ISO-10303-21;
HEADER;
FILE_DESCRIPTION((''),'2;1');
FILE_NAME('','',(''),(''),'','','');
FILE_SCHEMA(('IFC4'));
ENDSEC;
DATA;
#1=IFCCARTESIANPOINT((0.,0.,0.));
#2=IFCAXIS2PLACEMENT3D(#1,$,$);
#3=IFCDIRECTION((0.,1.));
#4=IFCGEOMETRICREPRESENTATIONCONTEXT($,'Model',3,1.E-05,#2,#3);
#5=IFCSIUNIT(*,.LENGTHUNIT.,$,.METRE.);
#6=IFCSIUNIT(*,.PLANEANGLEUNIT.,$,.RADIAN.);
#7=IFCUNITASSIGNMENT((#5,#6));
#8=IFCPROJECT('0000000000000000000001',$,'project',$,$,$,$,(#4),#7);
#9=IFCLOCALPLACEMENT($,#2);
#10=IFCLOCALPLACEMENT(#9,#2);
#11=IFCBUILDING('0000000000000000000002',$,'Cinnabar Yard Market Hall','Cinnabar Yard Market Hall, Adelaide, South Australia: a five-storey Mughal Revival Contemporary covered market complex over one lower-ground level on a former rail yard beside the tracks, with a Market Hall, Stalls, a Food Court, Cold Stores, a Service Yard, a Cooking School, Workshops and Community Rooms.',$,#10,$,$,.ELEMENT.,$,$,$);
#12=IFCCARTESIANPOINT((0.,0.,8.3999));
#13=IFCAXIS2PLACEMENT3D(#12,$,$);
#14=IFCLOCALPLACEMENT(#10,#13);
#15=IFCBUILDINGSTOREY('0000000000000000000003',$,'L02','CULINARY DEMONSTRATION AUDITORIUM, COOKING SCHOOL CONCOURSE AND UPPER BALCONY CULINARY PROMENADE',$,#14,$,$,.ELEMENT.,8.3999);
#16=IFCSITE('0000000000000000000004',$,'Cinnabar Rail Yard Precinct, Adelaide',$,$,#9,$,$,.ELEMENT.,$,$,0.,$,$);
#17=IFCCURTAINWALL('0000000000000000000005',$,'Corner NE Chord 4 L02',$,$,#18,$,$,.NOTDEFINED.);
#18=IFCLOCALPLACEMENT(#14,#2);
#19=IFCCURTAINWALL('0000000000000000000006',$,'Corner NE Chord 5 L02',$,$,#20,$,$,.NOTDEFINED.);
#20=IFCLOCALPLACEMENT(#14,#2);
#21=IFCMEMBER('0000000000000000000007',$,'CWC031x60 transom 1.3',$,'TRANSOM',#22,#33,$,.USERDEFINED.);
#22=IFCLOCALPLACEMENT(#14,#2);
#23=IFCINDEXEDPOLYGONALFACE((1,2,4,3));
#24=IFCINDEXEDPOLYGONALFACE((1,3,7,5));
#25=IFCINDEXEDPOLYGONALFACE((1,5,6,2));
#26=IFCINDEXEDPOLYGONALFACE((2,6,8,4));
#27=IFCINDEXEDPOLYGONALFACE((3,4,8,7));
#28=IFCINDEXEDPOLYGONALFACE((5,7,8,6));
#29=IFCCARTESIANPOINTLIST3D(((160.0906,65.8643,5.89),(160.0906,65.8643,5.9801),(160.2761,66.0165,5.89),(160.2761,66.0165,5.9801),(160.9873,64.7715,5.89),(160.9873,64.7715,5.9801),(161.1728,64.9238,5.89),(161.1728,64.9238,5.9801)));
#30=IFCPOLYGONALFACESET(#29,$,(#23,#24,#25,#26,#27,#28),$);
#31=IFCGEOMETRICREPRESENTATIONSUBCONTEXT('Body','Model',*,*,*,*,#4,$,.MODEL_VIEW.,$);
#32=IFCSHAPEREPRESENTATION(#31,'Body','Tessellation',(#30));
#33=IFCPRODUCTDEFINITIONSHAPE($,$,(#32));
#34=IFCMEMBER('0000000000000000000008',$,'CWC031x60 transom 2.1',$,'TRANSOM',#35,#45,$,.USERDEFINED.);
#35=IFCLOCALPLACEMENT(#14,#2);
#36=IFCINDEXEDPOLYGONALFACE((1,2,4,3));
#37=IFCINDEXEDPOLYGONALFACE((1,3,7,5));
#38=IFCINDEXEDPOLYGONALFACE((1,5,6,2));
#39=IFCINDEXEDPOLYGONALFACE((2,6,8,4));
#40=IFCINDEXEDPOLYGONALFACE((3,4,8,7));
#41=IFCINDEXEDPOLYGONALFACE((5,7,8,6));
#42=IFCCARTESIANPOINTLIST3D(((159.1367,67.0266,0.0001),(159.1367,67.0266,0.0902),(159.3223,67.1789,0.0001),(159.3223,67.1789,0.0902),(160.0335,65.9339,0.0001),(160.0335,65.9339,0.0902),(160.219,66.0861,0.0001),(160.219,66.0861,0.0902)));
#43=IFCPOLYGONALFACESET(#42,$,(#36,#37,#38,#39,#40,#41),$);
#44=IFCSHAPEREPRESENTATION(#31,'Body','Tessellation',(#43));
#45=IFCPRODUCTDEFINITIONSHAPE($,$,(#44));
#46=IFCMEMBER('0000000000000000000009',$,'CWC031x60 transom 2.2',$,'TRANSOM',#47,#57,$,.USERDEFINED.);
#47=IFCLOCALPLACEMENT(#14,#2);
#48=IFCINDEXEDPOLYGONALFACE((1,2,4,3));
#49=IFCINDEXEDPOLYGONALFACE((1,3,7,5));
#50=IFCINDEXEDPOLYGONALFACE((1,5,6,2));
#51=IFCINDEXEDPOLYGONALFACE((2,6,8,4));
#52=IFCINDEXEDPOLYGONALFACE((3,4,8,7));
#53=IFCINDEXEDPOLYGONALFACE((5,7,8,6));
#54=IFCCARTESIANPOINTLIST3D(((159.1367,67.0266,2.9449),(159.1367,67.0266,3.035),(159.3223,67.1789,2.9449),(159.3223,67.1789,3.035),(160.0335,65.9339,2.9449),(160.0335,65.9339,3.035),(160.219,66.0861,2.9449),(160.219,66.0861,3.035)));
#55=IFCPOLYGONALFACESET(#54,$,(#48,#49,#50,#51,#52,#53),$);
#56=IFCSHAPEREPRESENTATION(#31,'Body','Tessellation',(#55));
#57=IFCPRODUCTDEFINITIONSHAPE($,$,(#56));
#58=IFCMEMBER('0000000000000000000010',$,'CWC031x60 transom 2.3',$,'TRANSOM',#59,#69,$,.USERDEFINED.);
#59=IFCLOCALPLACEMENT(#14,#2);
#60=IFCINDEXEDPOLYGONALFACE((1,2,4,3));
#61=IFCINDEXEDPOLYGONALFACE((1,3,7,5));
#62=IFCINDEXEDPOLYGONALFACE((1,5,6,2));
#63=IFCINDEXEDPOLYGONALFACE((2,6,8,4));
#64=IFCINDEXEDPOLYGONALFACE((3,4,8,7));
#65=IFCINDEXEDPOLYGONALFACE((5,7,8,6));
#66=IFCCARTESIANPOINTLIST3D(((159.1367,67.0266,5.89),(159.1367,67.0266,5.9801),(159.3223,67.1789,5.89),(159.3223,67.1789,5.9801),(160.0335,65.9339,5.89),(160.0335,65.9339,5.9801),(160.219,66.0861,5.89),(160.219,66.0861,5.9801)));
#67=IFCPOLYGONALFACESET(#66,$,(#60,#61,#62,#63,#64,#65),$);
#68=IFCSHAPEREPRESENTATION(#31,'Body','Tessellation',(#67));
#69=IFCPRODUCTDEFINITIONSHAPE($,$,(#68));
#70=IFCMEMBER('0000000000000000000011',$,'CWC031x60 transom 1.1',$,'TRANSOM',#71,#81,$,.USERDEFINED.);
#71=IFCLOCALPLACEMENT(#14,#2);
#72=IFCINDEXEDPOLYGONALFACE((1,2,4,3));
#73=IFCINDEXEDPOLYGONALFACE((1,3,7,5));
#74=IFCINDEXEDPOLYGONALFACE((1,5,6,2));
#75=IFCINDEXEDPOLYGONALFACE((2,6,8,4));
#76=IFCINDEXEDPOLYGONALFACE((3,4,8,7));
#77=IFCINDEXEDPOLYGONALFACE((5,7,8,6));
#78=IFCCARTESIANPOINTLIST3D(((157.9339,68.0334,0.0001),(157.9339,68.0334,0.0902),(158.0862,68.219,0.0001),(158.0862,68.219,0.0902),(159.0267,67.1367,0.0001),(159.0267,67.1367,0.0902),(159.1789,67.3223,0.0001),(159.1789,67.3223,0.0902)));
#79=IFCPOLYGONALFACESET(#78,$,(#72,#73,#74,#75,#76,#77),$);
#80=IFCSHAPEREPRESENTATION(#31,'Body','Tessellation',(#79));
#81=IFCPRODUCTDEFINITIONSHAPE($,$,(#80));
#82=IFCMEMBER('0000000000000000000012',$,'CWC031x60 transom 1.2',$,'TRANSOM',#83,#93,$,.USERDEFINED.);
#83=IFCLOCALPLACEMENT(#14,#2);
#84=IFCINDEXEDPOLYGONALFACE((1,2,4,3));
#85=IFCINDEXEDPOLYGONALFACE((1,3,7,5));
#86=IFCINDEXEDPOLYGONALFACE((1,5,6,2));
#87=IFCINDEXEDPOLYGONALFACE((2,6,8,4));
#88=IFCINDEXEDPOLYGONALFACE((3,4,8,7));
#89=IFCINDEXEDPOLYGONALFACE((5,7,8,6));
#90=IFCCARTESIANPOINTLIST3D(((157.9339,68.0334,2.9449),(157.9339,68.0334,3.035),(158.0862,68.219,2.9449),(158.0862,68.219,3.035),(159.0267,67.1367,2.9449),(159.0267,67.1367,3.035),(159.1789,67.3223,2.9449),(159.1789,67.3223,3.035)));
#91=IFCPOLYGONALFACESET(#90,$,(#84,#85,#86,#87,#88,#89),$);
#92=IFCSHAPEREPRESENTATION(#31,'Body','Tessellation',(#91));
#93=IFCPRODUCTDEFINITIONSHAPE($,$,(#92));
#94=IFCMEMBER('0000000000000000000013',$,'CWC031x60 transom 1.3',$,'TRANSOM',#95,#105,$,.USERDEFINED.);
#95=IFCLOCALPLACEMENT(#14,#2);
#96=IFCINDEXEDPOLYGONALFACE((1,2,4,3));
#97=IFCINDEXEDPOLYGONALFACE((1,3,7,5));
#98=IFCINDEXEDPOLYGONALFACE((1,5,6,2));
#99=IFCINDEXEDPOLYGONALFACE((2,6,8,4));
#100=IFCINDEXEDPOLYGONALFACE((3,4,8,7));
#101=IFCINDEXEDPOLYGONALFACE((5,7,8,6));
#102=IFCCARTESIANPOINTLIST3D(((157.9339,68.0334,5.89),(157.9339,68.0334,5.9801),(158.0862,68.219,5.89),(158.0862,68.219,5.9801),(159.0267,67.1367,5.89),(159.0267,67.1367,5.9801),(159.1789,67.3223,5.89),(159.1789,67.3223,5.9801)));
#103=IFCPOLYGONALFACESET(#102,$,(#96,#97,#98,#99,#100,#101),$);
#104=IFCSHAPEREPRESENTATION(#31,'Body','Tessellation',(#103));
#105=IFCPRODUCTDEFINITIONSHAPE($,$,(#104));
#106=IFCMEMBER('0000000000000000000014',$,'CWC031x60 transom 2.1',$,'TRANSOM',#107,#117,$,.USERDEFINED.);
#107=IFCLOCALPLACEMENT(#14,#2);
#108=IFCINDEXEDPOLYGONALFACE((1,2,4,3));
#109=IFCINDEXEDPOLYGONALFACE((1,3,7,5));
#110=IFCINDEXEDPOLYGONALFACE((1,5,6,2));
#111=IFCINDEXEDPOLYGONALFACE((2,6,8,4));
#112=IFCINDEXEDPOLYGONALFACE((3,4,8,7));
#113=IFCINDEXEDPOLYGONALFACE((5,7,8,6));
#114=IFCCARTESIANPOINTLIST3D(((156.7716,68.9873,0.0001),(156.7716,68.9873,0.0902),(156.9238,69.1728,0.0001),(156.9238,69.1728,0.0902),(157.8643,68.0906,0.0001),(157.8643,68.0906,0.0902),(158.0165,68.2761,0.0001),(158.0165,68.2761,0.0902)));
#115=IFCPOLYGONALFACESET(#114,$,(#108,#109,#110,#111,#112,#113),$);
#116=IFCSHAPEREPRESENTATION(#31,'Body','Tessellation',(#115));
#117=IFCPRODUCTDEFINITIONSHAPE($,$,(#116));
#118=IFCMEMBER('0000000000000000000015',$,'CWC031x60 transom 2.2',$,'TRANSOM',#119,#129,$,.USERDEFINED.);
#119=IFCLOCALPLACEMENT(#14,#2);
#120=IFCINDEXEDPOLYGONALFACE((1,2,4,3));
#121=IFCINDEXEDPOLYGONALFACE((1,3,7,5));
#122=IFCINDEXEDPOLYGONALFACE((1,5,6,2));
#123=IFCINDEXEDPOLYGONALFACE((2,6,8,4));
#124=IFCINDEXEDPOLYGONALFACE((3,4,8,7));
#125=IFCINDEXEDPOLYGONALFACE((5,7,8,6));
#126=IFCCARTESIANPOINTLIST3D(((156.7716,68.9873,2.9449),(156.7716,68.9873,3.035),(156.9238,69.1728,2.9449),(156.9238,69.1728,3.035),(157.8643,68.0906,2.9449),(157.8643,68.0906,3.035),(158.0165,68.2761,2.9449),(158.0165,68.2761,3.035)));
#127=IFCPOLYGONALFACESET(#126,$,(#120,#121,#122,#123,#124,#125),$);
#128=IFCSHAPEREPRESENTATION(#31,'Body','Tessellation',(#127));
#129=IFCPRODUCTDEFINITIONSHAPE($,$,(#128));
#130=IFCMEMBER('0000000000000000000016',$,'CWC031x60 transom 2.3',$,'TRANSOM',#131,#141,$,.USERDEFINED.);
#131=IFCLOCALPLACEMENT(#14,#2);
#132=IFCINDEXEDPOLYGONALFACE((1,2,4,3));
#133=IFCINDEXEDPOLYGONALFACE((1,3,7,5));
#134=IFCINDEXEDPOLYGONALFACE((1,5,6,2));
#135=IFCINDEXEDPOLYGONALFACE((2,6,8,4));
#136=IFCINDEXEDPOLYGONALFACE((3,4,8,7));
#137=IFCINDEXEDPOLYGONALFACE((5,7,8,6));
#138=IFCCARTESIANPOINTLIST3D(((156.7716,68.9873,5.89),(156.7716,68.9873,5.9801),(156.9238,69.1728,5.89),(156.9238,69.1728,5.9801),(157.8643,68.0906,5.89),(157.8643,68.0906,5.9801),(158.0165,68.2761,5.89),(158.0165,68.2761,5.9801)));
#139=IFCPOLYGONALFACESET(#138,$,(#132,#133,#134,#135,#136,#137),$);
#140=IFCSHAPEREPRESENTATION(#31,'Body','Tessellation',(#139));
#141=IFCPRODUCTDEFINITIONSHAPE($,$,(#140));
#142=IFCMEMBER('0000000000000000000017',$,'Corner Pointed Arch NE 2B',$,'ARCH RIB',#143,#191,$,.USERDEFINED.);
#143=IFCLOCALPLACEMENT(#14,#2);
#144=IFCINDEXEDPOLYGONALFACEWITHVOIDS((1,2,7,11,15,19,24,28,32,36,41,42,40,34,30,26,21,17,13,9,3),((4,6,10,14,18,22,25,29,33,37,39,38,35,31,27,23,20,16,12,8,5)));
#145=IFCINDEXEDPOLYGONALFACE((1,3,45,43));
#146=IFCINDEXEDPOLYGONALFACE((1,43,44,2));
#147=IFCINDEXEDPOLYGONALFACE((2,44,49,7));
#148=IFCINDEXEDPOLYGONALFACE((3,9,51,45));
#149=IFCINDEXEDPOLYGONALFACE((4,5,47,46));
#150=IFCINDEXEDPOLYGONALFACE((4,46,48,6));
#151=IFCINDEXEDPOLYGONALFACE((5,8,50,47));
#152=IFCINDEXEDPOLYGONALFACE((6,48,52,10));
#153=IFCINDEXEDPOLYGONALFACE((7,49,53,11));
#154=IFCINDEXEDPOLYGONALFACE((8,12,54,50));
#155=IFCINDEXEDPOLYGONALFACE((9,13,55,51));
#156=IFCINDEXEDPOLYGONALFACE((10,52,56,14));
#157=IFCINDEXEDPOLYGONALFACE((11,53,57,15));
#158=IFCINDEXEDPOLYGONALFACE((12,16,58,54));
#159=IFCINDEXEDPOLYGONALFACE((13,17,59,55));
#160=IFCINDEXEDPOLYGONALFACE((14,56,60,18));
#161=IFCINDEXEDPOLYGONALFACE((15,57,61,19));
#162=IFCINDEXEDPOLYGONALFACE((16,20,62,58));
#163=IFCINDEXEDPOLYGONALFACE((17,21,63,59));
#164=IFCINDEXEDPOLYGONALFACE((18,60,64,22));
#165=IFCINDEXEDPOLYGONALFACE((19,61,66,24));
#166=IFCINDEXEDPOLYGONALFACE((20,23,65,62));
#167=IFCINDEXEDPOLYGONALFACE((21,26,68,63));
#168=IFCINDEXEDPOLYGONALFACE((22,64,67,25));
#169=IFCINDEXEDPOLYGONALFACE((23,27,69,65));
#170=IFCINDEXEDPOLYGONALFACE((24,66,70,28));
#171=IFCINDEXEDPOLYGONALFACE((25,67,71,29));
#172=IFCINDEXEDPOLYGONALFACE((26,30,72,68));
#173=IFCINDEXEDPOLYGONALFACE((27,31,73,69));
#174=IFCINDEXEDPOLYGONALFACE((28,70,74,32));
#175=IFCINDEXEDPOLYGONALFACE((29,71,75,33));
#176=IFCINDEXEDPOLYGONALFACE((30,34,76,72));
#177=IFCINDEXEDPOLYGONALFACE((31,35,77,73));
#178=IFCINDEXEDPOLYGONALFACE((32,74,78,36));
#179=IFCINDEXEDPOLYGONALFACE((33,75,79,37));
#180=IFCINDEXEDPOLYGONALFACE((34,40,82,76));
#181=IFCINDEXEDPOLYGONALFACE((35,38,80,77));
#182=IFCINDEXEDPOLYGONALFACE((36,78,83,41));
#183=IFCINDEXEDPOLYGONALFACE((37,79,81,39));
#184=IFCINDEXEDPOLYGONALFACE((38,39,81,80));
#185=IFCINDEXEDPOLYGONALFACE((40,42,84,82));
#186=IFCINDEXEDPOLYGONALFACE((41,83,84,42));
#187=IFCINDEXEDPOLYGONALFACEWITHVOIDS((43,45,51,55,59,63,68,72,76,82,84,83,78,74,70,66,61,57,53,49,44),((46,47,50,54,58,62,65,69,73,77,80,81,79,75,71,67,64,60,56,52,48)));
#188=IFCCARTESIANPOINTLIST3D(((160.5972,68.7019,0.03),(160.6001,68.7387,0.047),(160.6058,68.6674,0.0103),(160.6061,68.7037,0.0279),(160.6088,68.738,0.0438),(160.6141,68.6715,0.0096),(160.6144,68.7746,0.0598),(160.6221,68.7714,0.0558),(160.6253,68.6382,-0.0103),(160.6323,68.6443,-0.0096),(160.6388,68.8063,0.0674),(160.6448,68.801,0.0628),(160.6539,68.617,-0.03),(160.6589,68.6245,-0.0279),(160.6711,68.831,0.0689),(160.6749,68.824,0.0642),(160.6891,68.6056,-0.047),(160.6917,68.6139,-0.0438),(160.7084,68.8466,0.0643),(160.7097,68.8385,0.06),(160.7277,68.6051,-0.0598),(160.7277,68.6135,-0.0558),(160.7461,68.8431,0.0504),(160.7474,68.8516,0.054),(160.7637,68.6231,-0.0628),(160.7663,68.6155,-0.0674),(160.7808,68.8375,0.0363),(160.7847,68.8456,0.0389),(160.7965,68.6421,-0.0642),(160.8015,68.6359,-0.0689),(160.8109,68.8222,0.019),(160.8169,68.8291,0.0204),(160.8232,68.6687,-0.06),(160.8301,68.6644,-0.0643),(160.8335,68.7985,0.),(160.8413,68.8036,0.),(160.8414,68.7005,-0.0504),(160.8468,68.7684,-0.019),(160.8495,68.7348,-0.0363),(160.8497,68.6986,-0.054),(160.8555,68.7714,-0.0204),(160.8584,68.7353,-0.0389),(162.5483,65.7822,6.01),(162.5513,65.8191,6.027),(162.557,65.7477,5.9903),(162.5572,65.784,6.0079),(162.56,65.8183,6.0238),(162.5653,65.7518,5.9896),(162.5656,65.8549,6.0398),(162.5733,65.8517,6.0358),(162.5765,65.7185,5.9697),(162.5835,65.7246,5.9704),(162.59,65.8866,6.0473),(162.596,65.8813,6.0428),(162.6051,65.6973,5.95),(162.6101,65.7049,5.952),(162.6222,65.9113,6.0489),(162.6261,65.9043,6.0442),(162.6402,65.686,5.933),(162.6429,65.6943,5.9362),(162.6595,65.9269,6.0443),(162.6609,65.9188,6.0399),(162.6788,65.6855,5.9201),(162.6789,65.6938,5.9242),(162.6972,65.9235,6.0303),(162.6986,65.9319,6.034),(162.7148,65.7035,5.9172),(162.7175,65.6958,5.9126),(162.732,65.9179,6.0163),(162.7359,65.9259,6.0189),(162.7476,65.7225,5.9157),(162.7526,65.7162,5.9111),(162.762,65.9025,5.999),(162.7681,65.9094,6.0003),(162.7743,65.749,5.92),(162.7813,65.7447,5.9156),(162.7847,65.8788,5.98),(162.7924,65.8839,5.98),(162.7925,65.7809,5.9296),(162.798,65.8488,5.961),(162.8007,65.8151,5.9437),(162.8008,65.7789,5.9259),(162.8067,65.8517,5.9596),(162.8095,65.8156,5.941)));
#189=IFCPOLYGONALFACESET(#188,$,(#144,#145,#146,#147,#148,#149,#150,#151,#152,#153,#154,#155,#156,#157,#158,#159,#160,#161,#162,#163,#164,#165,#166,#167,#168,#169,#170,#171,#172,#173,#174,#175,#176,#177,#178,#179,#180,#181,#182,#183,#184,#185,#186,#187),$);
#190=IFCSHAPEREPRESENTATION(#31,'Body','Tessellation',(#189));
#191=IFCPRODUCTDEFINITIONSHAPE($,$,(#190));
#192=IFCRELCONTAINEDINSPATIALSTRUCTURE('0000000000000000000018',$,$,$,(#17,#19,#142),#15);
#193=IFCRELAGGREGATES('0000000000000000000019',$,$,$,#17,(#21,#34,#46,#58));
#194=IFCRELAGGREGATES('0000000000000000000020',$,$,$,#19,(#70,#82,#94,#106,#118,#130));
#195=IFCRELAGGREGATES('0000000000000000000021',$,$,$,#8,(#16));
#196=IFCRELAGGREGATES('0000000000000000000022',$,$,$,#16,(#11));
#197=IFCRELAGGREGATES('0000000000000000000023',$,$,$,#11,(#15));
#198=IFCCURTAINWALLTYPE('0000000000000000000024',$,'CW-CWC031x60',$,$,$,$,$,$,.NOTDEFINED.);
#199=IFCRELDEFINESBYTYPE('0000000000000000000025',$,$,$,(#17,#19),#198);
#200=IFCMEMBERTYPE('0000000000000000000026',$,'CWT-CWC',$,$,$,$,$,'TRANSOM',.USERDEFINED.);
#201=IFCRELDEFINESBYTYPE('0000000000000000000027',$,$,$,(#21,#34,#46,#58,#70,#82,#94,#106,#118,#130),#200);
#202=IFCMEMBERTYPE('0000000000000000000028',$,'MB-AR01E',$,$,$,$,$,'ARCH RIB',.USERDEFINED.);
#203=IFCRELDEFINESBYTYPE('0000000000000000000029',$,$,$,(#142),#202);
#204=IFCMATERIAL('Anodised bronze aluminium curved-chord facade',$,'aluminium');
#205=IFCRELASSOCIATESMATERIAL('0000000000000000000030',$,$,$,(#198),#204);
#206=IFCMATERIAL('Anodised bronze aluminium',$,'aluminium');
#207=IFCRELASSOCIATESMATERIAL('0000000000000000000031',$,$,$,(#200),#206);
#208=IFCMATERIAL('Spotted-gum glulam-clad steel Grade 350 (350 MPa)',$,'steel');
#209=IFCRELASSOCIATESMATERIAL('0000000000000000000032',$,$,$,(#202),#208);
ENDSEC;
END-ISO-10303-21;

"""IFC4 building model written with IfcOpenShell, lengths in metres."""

from ifc_helpers import new_model, si_unit, direction, frame, origin, origin_2d_with_axis, place, context, subcontext, project, spatial, rectangle, hollow_circle, extrude, material, material_profile, profile_set, type_object, element, aggregate, save


model = new_model("IFC4")

# Units and contexts
model_context = context("Model", 3, precision=1e-05, world=origin(), true_north=direction((0.0, 1.0)))
body_context = subcontext(model_context, "Body", "Model", "MODEL_VIEW")
ifc_project = project(units=[si_unit("LENGTHUNIT", "METRE"), si_unit("PLANEANGLEUNIT", "RADIAN")], contexts=[model_context])

# Site, building, storey
site_placement = place(None, origin())
site = spatial("IfcSite", under=ifc_project, at=site_placement, Name="Cinnabar Rail Yard Precinct, Adelaide", CompositionType="ELEMENT", RefElevation=0.0)
building_placement = place(site_placement, origin())
building = spatial("IfcBuilding", under=site, at=building_placement, Name="Cinnabar Yard Market Hall", Description="Cinnabar Yard Market Hall, Adelaide, South Australia: a five-storey Mughal Revival Contemporary covered market complex over one lower-ground level on a former rail yard beside the tracks, with a Market Hall, Stalls, a Food Court, Cold Stores, a Service Yard, a Cooking School, Workshops and Community Rooms.", CompositionType="ELEMENT")
storey_placement = place(building_placement, frame((0.0, 0.0, 8.3999)))
storey = spatial("IfcBuildingStorey", under=building, at=storey_placement, Name="L02", Description="CULINARY DEMONSTRATION AUDITORIUM, COOKING SCHOOL CONCOURSE AND UPPER BALCONY CULINARY PROMENADE", CompositionType="ELEMENT", Elevation=8.3999)

# Shared definitions
ifc_material_1 = material(Name="Spotted-gum glulam-clad steel Grade 350 (350 MPa)", Category="steel")

# Shared definitions
ifc_material_2 = material(Name="Anodised bronze aluminium curved-chord facade", Category="aluminium")
curtain_wall_type = type_object("IfcCurtainWallType", Name="CW-CWC031x60", PredefinedType="NOTDEFINED", material=ifc_material_2)
ifc_material_3 = material(Name="Anodised bronze aluminium", Category="aluminium")

# Curtain walls
curtain_wall_1_placement = place(storey_placement, origin())
curtain_wall_1 = element("IfcCurtainWall", 1, at=curtain_wall_1_placement, inside=storey, type_object=curtain_wall_type, Name="Corner NE Chord 4 L02", PredefinedType="NOTDEFINED")
curtain_wall_2_placement = place(storey_placement, origin())
curtain_wall_2 = element("IfcCurtainWall", 2, at=curtain_wall_2_placement, inside=storey, type_object=curtain_wall_type, Name="Corner NE Chord 5 L02", PredefinedType="NOTDEFINED")

# Members
ifc_material_profile_1 = material_profile(ifc_material_3, rectangle(XDim=0.24, YDim=0.0901, at=origin_2d_with_axis()), Name="TRN-CWC")
ifc_profile_set_1 = profile_set([ifc_material_profile_1], Name="Anodised bronze aluminium")
member_type_1 = type_object("IfcMemberType", Name="CWT-CWC", ElementType="TRANSOM", PredefinedType="USERDEFINED", material=ifc_profile_set_1)
member_1_placement = place(storey_placement, frame((161.0801, 64.8477, 5.9351), z_axis=(-0.634356, 0.773041, 0.0), x_axis=(-0.773041, -0.634356, 0.0)))
member_1 = element("IfcMember", 3, at=member_1_placement, type_object=member_type_1, Name="CWC031x60 transom 1.3", ObjectType="TRANSOM", PredefinedType="USERDEFINED", context=body_context, shape_type="SweptSolid", body=[
    extrude(rectangle(XDim=0.24, YDim=0.0901, at=origin_2d_with_axis()), origin(), (0.0, 0.0, 1.0), 1.4136),
])
member_2_placement = place(storey_placement, frame((160.1262, 66.01, 0.0452), z_axis=(-0.634356, 0.773041, 0.0), x_axis=(-0.773041, -0.634356, 0.0)))
member_2 = element("IfcMember", 4, at=member_2_placement, type_object=member_type_1, Name="CWC031x60 transom 2.1", ObjectType="TRANSOM", PredefinedType="USERDEFINED", context=body_context, shape_type="SweptSolid", body=[
    extrude(rectangle(XDim=0.24, YDim=0.0901, at=origin_2d_with_axis()), origin(), (0.0, 0.0, 1.0), 1.4136),
])
member_3_placement = place(storey_placement, frame((160.1262, 66.01, 2.99), z_axis=(-0.634356, 0.773041, 0.0), x_axis=(-0.773041, -0.634356, 0.0)))
member_3 = element("IfcMember", 5, at=member_3_placement, type_object=member_type_1, Name="CWC031x60 transom 2.2", ObjectType="TRANSOM", PredefinedType="USERDEFINED", context=body_context, shape_type="SweptSolid", body=[
    extrude(rectangle(XDim=0.24, YDim=0.0901, at=origin_2d_with_axis()), origin(), (0.0, 0.0, 1.0), 1.4136),
])
member_4_placement = place(storey_placement, frame((160.1262, 66.01, 5.9351), z_axis=(-0.634356, 0.773041, 0.0), x_axis=(-0.773041, -0.634356, 0.0)))
member_4 = element("IfcMember", 6, at=member_4_placement, type_object=member_type_1, Name="CWC031x60 transom 2.3", ObjectType="TRANSOM", PredefinedType="USERDEFINED", context=body_context, shape_type="SweptSolid", body=[
    extrude(rectangle(XDim=0.24, YDim=0.0901, at=origin_2d_with_axis()), origin(), (0.0, 0.0, 1.0), 1.4136),
])
member_5_placement = place(storey_placement, frame((159.1028, 67.2295, 0.0452), z_axis=(-0.773041, 0.634356, 0.0), x_axis=(-0.634356, -0.773041, 0.0)))
member_5 = element("IfcMember", 7, at=member_5_placement, type_object=member_type_1, Name="CWC031x60 transom 1.1", ObjectType="TRANSOM", PredefinedType="USERDEFINED", context=body_context, shape_type="SweptSolid", body=[
    extrude(rectangle(XDim=0.24, YDim=0.0901, at=origin_2d_with_axis()), origin(), (0.0, 0.0, 1.0), 1.4136),
])
member_6_placement = place(storey_placement, frame((159.1028, 67.2295, 2.99), z_axis=(-0.773041, 0.634356, 0.0), x_axis=(-0.634356, -0.773041, 0.0)))
member_6 = element("IfcMember", 8, at=member_6_placement, type_object=member_type_1, Name="CWC031x60 transom 1.2", ObjectType="TRANSOM", PredefinedType="USERDEFINED", context=body_context, shape_type="SweptSolid", body=[
    extrude(rectangle(XDim=0.24, YDim=0.0901, at=origin_2d_with_axis()), origin(), (0.0, 0.0, 1.0), 1.4136),
])
member_7_placement = place(storey_placement, frame((159.1028, 67.2295, 5.9351), z_axis=(-0.773041, 0.634356, 0.0), x_axis=(-0.634356, -0.773041, 0.0)))
member_7 = element("IfcMember", 9, at=member_7_placement, type_object=member_type_1, Name="CWC031x60 transom 1.3", ObjectType="TRANSOM", PredefinedType="USERDEFINED", context=body_context, shape_type="SweptSolid", body=[
    extrude(rectangle(XDim=0.24, YDim=0.0901, at=origin_2d_with_axis()), origin(), (0.0, 0.0, 1.0), 1.4136),
])
member_8_placement = place(storey_placement, frame((157.9404, 68.1833, 0.0452), z_axis=(-0.773041, 0.634356, 0.0), x_axis=(-0.634356, -0.773041, 0.0)))
member_8 = element("IfcMember", 10, at=member_8_placement, type_object=member_type_1, Name="CWC031x60 transom 2.1", ObjectType="TRANSOM", PredefinedType="USERDEFINED", context=body_context, shape_type="SweptSolid", body=[
    extrude(rectangle(XDim=0.24, YDim=0.0901, at=origin_2d_with_axis()), origin(), (0.0, 0.0, 1.0), 1.4136),
])
member_9_placement = place(storey_placement, frame((157.9404, 68.1833, 2.99), z_axis=(-0.773041, 0.634356, 0.0), x_axis=(-0.634356, -0.773041, 0.0)))
member_9 = element("IfcMember", 11, at=member_9_placement, type_object=member_type_1, Name="CWC031x60 transom 2.2", ObjectType="TRANSOM", PredefinedType="USERDEFINED", context=body_context, shape_type="SweptSolid", body=[
    extrude(rectangle(XDim=0.24, YDim=0.0901, at=origin_2d_with_axis()), origin(), (0.0, 0.0, 1.0), 1.4136),
])
member_10_placement = place(storey_placement, frame((157.9404, 68.1833, 5.9351), z_axis=(-0.773041, 0.634356, 0.0), x_axis=(-0.634356, -0.773041, 0.0)))
member_10 = element("IfcMember", 12, at=member_10_placement, type_object=member_type_1, Name="CWC031x60 transom 2.3", ObjectType="TRANSOM", PredefinedType="USERDEFINED", context=body_context, shape_type="SweptSolid", body=[
    extrude(rectangle(XDim=0.24, YDim=0.0901, at=origin_2d_with_axis()), origin(), (0.0, 0.0, 1.0), 1.4136),
])

# Member
ifc_material_profile_2 = material_profile(ifc_material_1, hollow_circle(Radius=0.1365, WallThickness=0.0093, at=origin_2d_with_axis()), Name="273.1x9.3CHS")
ifc_profile_set_2 = profile_set([ifc_material_profile_2], Name="Spotted-gum glulam-clad steel Grade 350 (350 MPa)")
member_type_2 = type_object("IfcMemberType", Name="MB-AR01E", ElementType="ARCH RIB", PredefinedType="USERDEFINED", material=ifc_profile_set_2)
for number, where, z_axis, x_axis, name in (
    (13, (160.7278, 68.7278, 0.0), (0.281359, -0.421017, 0.862312), (0.831429, 0.55563, 0.0), "Corner Pointed Arch NE 2B"),
):
    element("IfcMember", number, at=place(storey_placement, frame(where, z_axis=z_axis, x_axis=x_axis)), inside=storey, type_object=member_type_2, Name=name, ObjectType="ARCH RIB", PredefinedType="USERDEFINED", context=body_context, shape_type="SweptSolid", body=[
        extrude(hollow_circle(Radius=0.1365, WallThickness=0.0093, at=origin_2d_with_axis()), origin(), (0.0, 0.0, 1.0), 6.9348),
    ])

aggregate(curtain_wall_1, [member_1, member_2, member_3, member_4])
aggregate(curtain_wall_2, [member_5, member_6, member_7, member_8, member_9, member_10])

save(model, "model.ifc")
